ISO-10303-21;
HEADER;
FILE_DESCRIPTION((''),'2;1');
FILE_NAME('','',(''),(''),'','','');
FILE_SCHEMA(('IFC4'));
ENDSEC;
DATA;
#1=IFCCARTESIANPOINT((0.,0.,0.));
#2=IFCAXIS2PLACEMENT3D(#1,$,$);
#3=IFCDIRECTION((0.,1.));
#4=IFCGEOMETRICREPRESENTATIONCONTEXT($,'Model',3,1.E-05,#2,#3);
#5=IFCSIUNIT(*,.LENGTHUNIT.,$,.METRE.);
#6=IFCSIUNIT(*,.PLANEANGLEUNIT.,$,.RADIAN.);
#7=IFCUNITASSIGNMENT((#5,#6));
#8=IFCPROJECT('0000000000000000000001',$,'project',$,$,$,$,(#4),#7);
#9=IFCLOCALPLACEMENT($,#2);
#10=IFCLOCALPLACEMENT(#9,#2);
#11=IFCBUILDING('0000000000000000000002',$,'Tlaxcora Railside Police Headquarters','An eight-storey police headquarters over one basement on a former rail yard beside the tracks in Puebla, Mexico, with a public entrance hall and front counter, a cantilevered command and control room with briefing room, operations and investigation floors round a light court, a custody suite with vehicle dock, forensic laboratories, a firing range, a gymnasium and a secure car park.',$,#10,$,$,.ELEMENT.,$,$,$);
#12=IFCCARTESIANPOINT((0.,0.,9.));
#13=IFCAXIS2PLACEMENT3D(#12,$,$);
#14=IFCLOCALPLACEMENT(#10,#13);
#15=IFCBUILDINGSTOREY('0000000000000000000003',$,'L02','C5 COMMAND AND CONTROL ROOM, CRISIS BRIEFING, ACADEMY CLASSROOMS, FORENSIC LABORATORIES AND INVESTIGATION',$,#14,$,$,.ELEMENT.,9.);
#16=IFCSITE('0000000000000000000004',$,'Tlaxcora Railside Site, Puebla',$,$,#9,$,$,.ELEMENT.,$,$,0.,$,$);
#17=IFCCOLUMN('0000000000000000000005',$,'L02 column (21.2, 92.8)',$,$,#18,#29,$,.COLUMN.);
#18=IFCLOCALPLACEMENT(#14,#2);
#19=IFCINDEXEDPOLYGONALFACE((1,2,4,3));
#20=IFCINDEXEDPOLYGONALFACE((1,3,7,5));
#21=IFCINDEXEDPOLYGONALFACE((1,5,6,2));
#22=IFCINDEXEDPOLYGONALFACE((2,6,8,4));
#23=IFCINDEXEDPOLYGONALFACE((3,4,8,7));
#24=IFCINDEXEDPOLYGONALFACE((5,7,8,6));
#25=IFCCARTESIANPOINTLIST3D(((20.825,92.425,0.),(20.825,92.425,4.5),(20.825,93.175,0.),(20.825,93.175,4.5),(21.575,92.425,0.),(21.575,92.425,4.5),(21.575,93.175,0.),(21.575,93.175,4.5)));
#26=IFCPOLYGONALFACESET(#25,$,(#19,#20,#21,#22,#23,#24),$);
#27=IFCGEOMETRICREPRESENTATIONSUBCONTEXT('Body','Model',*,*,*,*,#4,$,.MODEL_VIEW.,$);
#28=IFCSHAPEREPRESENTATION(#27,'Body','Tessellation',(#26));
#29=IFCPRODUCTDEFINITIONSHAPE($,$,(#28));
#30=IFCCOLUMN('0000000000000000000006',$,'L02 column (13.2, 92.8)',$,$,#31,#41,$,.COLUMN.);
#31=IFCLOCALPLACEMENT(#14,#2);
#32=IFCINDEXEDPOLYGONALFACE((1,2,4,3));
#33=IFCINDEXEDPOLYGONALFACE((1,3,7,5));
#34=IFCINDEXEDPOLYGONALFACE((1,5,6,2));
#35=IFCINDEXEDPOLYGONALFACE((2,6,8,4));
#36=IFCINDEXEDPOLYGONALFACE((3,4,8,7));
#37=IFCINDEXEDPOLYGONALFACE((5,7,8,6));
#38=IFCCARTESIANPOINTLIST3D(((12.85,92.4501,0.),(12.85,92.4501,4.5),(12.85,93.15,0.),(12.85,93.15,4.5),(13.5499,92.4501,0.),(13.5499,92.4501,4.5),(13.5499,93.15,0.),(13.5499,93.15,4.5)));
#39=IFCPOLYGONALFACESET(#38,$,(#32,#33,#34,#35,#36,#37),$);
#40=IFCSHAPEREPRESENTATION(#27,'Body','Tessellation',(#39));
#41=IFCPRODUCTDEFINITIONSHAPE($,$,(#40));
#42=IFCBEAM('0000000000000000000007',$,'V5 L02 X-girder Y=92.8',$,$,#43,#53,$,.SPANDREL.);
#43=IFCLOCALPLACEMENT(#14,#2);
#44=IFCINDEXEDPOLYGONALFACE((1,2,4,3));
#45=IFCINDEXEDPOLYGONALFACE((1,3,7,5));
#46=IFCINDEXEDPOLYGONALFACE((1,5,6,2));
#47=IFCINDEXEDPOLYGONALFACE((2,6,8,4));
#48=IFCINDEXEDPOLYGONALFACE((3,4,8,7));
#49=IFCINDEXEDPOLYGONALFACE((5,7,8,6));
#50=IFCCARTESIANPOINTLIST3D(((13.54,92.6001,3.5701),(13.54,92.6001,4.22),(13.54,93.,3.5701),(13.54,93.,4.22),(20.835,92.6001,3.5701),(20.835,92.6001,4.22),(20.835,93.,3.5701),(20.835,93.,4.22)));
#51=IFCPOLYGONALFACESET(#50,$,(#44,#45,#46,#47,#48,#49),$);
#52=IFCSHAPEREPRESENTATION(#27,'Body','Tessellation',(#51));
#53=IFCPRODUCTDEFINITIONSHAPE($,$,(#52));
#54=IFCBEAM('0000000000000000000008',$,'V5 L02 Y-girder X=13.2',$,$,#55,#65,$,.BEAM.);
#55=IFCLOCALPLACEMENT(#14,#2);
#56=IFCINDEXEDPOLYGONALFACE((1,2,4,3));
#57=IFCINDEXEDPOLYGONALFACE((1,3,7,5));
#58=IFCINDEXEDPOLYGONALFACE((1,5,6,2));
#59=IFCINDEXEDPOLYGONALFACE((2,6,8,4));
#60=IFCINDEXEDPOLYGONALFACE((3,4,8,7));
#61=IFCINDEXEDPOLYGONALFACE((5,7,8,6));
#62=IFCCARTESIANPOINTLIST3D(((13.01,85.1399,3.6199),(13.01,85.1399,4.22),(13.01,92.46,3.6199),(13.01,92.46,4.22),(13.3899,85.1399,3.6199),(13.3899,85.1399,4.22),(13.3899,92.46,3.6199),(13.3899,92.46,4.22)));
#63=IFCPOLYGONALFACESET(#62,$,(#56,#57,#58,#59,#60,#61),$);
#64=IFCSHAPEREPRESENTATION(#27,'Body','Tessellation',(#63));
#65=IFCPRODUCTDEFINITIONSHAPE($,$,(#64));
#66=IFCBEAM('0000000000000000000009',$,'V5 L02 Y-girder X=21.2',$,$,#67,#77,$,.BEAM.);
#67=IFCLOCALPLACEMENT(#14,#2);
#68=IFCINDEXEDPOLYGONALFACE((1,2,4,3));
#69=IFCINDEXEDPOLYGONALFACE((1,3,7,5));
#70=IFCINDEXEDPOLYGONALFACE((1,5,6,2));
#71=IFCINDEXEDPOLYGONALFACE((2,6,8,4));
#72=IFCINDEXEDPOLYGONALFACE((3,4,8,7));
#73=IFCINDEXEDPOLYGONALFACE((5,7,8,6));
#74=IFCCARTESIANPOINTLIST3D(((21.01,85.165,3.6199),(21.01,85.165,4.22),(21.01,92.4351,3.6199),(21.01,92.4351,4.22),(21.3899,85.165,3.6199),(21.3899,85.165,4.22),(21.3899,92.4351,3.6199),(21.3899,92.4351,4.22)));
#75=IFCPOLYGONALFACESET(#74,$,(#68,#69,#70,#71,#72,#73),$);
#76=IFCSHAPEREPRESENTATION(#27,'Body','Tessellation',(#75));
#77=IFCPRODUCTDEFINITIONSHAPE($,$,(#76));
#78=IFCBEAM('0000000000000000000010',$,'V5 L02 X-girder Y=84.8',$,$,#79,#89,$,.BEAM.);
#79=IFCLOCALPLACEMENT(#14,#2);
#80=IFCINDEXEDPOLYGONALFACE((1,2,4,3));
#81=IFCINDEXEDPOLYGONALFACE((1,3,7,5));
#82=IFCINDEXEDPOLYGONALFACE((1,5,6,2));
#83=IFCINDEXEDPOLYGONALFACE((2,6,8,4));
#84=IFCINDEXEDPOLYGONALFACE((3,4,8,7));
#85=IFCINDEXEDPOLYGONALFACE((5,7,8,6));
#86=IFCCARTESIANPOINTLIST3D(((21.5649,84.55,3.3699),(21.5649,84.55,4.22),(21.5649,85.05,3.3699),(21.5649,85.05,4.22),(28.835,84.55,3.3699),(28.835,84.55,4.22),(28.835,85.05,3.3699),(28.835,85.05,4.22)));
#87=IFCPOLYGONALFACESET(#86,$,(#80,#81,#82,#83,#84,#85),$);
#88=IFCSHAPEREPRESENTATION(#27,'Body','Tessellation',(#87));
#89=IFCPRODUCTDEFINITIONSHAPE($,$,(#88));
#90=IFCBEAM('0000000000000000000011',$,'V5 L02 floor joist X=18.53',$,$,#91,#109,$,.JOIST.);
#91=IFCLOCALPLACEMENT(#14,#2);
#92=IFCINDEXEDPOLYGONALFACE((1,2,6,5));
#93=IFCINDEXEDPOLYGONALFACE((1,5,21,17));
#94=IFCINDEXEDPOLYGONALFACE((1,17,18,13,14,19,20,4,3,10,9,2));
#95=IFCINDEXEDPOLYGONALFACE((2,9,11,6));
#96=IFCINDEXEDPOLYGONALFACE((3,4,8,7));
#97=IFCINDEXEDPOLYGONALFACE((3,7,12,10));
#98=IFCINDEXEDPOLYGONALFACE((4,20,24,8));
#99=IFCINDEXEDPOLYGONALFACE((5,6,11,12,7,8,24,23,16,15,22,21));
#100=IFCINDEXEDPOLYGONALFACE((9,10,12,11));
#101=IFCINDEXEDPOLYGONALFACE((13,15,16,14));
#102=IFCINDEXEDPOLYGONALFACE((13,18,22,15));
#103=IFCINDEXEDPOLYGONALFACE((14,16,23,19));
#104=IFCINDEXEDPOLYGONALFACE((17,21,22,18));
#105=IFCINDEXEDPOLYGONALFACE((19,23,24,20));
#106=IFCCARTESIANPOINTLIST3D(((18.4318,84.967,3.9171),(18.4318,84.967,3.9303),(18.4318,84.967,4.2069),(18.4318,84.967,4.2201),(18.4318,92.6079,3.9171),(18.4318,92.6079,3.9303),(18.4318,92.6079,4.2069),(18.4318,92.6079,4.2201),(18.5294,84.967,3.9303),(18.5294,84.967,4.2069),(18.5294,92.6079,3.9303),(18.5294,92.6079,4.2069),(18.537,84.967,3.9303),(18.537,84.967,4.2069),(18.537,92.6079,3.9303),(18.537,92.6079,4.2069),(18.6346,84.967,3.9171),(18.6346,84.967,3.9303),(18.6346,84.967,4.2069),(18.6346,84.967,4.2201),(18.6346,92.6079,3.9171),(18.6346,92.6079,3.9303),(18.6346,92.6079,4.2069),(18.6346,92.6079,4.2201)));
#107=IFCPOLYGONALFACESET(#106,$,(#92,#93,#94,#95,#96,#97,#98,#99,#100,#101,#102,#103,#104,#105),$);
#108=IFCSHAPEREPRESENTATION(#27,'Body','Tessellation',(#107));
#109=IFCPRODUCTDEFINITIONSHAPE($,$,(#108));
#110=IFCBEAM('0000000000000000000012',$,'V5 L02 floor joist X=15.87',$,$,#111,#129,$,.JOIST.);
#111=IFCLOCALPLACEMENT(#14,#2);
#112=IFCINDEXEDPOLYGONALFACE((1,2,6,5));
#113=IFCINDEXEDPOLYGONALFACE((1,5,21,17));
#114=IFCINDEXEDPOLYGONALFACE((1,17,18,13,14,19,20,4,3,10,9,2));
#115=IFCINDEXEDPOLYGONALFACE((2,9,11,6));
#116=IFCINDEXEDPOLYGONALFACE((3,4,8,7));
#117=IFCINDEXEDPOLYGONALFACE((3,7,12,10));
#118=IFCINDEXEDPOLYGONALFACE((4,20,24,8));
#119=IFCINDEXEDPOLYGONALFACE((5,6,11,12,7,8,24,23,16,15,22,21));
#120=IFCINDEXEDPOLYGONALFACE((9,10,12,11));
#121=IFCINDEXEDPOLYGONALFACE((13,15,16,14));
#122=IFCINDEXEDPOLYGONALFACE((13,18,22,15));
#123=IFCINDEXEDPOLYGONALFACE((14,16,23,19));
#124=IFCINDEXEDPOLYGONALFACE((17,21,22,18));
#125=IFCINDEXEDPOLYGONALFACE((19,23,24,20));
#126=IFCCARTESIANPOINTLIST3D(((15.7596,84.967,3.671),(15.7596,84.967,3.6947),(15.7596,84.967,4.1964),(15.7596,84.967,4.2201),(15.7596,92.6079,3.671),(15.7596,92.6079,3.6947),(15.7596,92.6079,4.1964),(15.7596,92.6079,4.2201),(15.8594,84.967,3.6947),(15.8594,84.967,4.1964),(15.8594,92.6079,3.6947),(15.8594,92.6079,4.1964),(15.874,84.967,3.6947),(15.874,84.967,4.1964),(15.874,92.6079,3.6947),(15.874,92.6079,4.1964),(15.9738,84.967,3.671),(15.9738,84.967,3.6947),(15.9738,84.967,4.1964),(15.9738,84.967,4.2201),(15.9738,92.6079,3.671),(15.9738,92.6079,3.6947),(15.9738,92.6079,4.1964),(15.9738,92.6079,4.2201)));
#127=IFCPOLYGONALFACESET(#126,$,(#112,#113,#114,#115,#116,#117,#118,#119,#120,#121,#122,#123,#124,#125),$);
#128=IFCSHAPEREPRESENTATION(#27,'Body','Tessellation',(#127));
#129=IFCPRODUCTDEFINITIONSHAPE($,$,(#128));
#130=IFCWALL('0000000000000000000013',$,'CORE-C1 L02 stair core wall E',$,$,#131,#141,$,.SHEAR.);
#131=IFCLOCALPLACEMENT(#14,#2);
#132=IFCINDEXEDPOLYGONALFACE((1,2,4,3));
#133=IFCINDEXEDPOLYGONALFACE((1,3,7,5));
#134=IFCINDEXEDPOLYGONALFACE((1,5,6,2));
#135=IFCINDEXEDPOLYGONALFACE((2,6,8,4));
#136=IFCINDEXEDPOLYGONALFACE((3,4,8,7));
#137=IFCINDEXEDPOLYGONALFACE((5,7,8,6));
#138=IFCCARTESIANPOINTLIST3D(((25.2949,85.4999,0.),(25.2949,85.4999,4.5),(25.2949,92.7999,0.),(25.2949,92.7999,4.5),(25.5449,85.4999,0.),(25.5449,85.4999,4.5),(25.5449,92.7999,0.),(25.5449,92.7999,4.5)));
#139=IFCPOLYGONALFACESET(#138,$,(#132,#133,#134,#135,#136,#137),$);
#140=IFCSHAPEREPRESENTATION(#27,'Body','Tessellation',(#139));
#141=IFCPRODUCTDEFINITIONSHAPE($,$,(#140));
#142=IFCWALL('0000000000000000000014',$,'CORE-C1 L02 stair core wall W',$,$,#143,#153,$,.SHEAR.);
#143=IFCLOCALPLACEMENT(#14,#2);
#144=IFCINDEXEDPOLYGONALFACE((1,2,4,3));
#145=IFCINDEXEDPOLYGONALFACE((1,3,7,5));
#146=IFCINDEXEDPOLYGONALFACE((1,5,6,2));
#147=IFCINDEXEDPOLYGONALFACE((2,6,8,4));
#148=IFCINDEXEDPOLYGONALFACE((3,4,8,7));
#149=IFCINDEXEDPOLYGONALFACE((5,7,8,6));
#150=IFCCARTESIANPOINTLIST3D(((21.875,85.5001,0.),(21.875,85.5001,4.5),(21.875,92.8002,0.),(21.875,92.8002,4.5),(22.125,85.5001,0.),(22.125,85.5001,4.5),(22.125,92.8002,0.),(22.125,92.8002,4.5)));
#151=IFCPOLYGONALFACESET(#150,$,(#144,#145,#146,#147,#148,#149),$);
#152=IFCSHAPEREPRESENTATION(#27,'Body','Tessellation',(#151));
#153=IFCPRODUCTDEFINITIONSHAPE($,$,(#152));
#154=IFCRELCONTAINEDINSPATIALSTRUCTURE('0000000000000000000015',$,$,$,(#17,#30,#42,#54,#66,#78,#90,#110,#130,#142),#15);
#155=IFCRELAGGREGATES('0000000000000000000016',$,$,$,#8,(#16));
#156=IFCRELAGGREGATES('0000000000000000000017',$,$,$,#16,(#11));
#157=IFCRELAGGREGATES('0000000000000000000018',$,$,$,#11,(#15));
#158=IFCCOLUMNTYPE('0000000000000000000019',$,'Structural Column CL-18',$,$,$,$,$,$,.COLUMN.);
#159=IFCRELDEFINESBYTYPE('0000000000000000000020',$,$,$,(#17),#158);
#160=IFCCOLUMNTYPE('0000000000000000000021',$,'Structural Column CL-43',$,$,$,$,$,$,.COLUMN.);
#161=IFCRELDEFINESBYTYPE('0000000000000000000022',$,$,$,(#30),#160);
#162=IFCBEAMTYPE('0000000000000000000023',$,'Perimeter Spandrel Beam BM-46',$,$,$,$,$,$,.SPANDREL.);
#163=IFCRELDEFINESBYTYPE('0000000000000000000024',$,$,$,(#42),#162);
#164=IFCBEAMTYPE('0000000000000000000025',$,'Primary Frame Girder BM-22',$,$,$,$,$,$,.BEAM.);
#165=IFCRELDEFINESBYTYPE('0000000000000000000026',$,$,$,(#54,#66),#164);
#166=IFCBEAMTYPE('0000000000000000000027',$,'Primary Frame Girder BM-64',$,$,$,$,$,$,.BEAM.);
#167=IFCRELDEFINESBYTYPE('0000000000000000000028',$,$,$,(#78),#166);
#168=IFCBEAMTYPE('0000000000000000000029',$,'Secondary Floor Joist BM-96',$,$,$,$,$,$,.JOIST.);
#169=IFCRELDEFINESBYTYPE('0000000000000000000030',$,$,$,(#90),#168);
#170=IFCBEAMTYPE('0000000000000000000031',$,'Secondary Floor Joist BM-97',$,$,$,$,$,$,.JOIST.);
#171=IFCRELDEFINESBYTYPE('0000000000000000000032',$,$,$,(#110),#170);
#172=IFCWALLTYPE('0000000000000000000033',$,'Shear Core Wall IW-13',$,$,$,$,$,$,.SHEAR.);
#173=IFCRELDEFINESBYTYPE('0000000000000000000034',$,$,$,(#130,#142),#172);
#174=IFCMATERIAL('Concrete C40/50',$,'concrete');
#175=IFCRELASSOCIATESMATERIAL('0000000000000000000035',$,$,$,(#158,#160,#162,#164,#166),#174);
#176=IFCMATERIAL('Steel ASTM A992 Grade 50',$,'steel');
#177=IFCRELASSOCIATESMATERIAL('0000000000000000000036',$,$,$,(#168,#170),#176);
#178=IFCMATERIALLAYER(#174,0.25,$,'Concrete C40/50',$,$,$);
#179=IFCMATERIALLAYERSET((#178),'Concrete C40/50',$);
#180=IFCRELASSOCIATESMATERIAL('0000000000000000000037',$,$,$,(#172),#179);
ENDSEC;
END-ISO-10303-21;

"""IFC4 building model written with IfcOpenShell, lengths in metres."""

from ifc_helpers import new_model, si_unit, direction, frame, frame_2d, origin, origin_2d, place, context, subcontext, project, spatial, rectangle, i_section, extrude, material, layer, layer_set, material_profile, profile_set, type_object, element, save


model = new_model("IFC4")

# Units and contexts
model_context = context("Model", 3, precision=1e-05, world=origin(), true_north=direction((0.0, 1.0)))
body_context = subcontext(model_context, "Body", "Model", "MODEL_VIEW")
ifc_project = project(units=[si_unit("LENGTHUNIT", "METRE"), si_unit("PLANEANGLEUNIT", "RADIAN")], contexts=[model_context])

# Site, building, storey
site_placement = place(None, origin())
site = spatial("IfcSite", under=ifc_project, at=site_placement, Name="Tlaxcora Railside Site, Puebla", CompositionType="ELEMENT", RefElevation=0.0)
building_placement = place(site_placement, origin())
building = spatial("IfcBuilding", under=site, at=building_placement, Name="Tlaxcora Railside Police Headquarters", Description="An eight-storey police headquarters over one basement on a former rail yard beside the tracks in Puebla, Mexico, with a public entrance hall and front counter, a cantilevered command and control room with briefing room, operations and investigation floors round a light court, a custody suite with vehicle dock, forensic laboratories, a firing range, a gymnasium and a secure car park.", CompositionType="ELEMENT")
storey_placement = place(building_placement, frame((0.0, 0.0, 9.0)))
storey = spatial("IfcBuildingStorey", under=building, at=storey_placement, Name="L02", Description="C5 COMMAND AND CONTROL ROOM, CRISIS BRIEFING, ACADEMY CLASSROOMS, FORENSIC LABORATORIES AND INVESTIGATION", CompositionType="ELEMENT", Elevation=9.0)

# Columns
ifc_material_1 = material(Name="Concrete C40/50", Category="concrete")
ifc_material_profile_1 = material_profile(ifc_material_1, rectangle(XDim=0.75, YDim=0.75, at=origin_2d()), Name="RC750X750")
ifc_profile_set_1 = profile_set([ifc_material_profile_1], Name="Concrete C40/50")
column_type_1 = type_object("IfcColumnType", Name="Structural Column CL-18", PredefinedType="COLUMN", material=ifc_profile_set_1)
column_1_placement = place(storey_placement, frame((21.2, 92.8, 0.0), z_axis=(0.0, 0.0, 1.0), x_axis=(1.0, 0.0, 0.0)))
element("IfcColumn", 1, at=column_1_placement, inside=storey, type_object=column_type_1, Name="L02 column (21.2, 92.8)", PredefinedType="COLUMN", context=body_context, shape_type="SweptSolid", body=[
    extrude(rectangle(XDim=0.75, YDim=0.75, at=origin_2d()), origin(), (0.0, 0.0, 1.0), 4.5),
])
ifc_material_profile_2 = material_profile(ifc_material_1, rectangle(XDim=0.7, YDim=0.7, at=origin_2d()), Name="RC700X700")
ifc_profile_set_2 = profile_set([ifc_material_profile_2], Name="Concrete C40/50")
column_type_2 = type_object("IfcColumnType", Name="Structural Column CL-43", PredefinedType="COLUMN", material=ifc_profile_set_2)
column_2_placement = place(storey_placement, frame((13.2, 92.8, 0.0), z_axis=(0.0, 0.0, 1.0), x_axis=(1.0, 0.0, 0.0)))
element("IfcColumn", 2, at=column_2_placement, inside=storey, type_object=column_type_2, Name="L02 column (13.2, 92.8)", PredefinedType="COLUMN", context=body_context, shape_type="SweptSolid", body=[
    extrude(rectangle(XDim=0.7, YDim=0.7, at=origin_2d()), origin(), (0.0, 0.0, 1.0), 4.5),
])

# Beams
ifc_material_profile_3 = material_profile(ifc_material_1, rectangle(XDim=0.3999, YDim=0.6499, at=origin_2d()), Name="RC400X650")
ifc_profile_set_3 = profile_set([ifc_material_profile_3], Name="Concrete C40/50")
beam_type_1 = type_object("IfcBeamType", Name="Perimeter Spandrel Beam BM-46", PredefinedType="SPANDREL", material=ifc_profile_set_3)
beam_1_placement = place(storey_placement, frame((13.54, 92.8, 3.895), z_axis=(1.0, 0.0, 0.0), x_axis=(0.0, 1.0, 0.0)))
element("IfcBeam", 3, at=beam_1_placement, inside=storey, type_object=beam_type_1, Name="V5 L02 X-girder Y=92.8", PredefinedType="SPANDREL", context=body_context, shape_type="SweptSolid", body=[
    extrude(rectangle(XDim=0.3999, YDim=0.6499, at=origin_2d()), origin(), (0.0, 0.0, 1.0), 7.2949),
])
ifc_material_profile_4 = material_profile(ifc_material_1, rectangle(XDim=0.3799, YDim=0.6001, at=origin_2d()), Name="RC380X600")
ifc_profile_set_4 = profile_set([ifc_material_profile_4], Name="Concrete C40/50")
beam_type_2 = type_object("IfcBeamType", Name="Primary Frame Girder BM-22", PredefinedType="BEAM", material=ifc_profile_set_4)
beam_2_placement = place(storey_placement, frame((13.2, 85.1399, 3.9199), z_axis=(0.0, 1.0, 0.0), x_axis=(-1.0, 0.0, 0.0)))
element("IfcBeam", 4, at=beam_2_placement, inside=storey, type_object=beam_type_2, Name="V5 L02 Y-girder X=13.2", PredefinedType="BEAM", context=body_context, shape_type="SweptSolid", body=[
    extrude(rectangle(XDim=0.3799, YDim=0.6001, at=origin_2d()), origin(), (0.0, 0.0, 1.0), 7.3201),
])
beam_3_placement = place(storey_placement, frame((21.2, 85.165, 3.9199), z_axis=(0.0, 1.0, 0.0), x_axis=(-1.0, 0.0, 0.0)))
element("IfcBeam", 5, at=beam_3_placement, inside=storey, type_object=beam_type_2, Name="V5 L02 Y-girder X=21.2", PredefinedType="BEAM", context=body_context, shape_type="SweptSolid", body=[
    extrude(rectangle(XDim=0.3799, YDim=0.6001, at=origin_2d()), origin(), (0.0, 0.0, 1.0), 7.27),
])
ifc_material_profile_5 = material_profile(ifc_material_1, rectangle(XDim=0.5, YDim=0.8501, at=origin_2d()), Name="RC500X850")
ifc_profile_set_5 = profile_set([ifc_material_profile_5], Name="Concrete C40/50")
beam_type_3 = type_object("IfcBeamType", Name="Primary Frame Girder BM-64", PredefinedType="BEAM", material=ifc_profile_set_5)
beam_4_placement = place(storey_placement, frame((21.5649, 84.8, 3.7949), z_axis=(1.0, 0.0, 0.0), x_axis=(0.0, 1.0, 0.0)))
element("IfcBeam", 6, at=beam_4_placement, inside=storey, type_object=beam_type_3, Name="V5 L02 X-girder Y=84.8", PredefinedType="BEAM", context=body_context, shape_type="SweptSolid", body=[
    extrude(rectangle(XDim=0.5, YDim=0.8501, at=origin_2d()), origin(), (0.0, 0.0, 1.0), 7.27),
])
ifc_material_2 = material(Name="Steel ASTM A992 Grade 50", Category="steel")
ifc_material_profile_6 = material_profile(ifc_material_2, i_section(OverallWidth=0.2029, OverallDepth=0.303, WebThickness=0.0076, FlangeThickness=0.0132, at=origin_2d()), Name="W12X40")
ifc_profile_set_6 = profile_set([ifc_material_profile_6], Name="Steel ASTM A992 Grade 50")
beam_type_4 = type_object("IfcBeamType", Name="Secondary Floor Joist BM-96", PredefinedType="JOIST", material=ifc_profile_set_6)
beam_5_placement = place(storey_placement, frame((18.5332, 84.967, 4.0686), z_axis=(0.0, 1.0, 0.0), x_axis=(-1.0, 0.0, 0.0)))
element("IfcBeam", 7, at=beam_5_placement, inside=storey, type_object=beam_type_4, Name="V5 L02 floor joist X=18.53", PredefinedType="JOIST", context=body_context, shape_type="SweptSolid", body=[
    extrude(i_section(OverallWidth=0.2029, OverallDepth=0.303, WebThickness=0.0076, FlangeThickness=0.0132, at=origin_2d()), origin(), (0.0, 0.0, 1.0), 7.6409),
])
ifc_material_profile_7 = material_profile(ifc_material_2, i_section(OverallWidth=0.2141, OverallDepth=0.5491, WebThickness=0.0146, FlangeThickness=0.0237, at=origin_2d()), Name="W21X93")
ifc_profile_set_7 = profile_set([ifc_material_profile_7], Name="Steel ASTM A992 Grade 50")
beam_type_5 = type_object("IfcBeamType", Name="Secondary Floor Joist BM-97", PredefinedType="JOIST", material=ifc_profile_set_7)
beam_6_placement = place(storey_placement, frame((15.8667, 84.967, 3.9456), z_axis=(0.0, 1.0, 0.0), x_axis=(-1.0, 0.0, 0.0)))
element("IfcBeam", 8, at=beam_6_placement, inside=storey, type_object=beam_type_5, Name="V5 L02 floor joist X=15.87", PredefinedType="JOIST", context=body_context, shape_type="SweptSolid", body=[
    extrude(i_section(OverallWidth=0.2141, OverallDepth=0.5491, WebThickness=0.0146, FlangeThickness=0.0237, at=origin_2d()), origin(), (0.0, 0.0, 1.0), 7.6409),
])

# Shared definitions
ifc_layer_1 = layer(ifc_material_1, 0.25, Name="Concrete C40/50")
ifc_layer_set_1 = layer_set([ifc_layer_1], Name="Concrete C40/50")
wall_type_1 = type_object("IfcWallType", Name="Shear Core Wall IW-13", PredefinedType="SHEAR", material=ifc_layer_set_1)

# Walls
for number, where, z_axis, x_axis, name in (
    (9, (25.4199, 85.5, 0.0), (0.0, 0.0, 1.0), (0.0, 1.0, 0.0), "CORE-C1 L02 stair core wall E"),
    (10, (22.0, 92.8, 0.0), (0.0, 0.0, 1.0), (0.0, -1.0, 0.0), "CORE-C1 L02 stair core wall W"),
):
    element("IfcWall", number, at=place(storey_placement, frame(where, z_axis=z_axis, x_axis=x_axis)), inside=storey, type_object=wall_type_1, Name=name, PredefinedType="SHEAR", context=body_context, shape_type="SweptSolid", body=[
        extrude(rectangle(XDim=7.3, YDim=0.25, at=frame_2d((3.6499, 0.0))), origin(), (0.0, 0.0, 1.0), 4.5),
    ])

save(model, "model.ifc")
